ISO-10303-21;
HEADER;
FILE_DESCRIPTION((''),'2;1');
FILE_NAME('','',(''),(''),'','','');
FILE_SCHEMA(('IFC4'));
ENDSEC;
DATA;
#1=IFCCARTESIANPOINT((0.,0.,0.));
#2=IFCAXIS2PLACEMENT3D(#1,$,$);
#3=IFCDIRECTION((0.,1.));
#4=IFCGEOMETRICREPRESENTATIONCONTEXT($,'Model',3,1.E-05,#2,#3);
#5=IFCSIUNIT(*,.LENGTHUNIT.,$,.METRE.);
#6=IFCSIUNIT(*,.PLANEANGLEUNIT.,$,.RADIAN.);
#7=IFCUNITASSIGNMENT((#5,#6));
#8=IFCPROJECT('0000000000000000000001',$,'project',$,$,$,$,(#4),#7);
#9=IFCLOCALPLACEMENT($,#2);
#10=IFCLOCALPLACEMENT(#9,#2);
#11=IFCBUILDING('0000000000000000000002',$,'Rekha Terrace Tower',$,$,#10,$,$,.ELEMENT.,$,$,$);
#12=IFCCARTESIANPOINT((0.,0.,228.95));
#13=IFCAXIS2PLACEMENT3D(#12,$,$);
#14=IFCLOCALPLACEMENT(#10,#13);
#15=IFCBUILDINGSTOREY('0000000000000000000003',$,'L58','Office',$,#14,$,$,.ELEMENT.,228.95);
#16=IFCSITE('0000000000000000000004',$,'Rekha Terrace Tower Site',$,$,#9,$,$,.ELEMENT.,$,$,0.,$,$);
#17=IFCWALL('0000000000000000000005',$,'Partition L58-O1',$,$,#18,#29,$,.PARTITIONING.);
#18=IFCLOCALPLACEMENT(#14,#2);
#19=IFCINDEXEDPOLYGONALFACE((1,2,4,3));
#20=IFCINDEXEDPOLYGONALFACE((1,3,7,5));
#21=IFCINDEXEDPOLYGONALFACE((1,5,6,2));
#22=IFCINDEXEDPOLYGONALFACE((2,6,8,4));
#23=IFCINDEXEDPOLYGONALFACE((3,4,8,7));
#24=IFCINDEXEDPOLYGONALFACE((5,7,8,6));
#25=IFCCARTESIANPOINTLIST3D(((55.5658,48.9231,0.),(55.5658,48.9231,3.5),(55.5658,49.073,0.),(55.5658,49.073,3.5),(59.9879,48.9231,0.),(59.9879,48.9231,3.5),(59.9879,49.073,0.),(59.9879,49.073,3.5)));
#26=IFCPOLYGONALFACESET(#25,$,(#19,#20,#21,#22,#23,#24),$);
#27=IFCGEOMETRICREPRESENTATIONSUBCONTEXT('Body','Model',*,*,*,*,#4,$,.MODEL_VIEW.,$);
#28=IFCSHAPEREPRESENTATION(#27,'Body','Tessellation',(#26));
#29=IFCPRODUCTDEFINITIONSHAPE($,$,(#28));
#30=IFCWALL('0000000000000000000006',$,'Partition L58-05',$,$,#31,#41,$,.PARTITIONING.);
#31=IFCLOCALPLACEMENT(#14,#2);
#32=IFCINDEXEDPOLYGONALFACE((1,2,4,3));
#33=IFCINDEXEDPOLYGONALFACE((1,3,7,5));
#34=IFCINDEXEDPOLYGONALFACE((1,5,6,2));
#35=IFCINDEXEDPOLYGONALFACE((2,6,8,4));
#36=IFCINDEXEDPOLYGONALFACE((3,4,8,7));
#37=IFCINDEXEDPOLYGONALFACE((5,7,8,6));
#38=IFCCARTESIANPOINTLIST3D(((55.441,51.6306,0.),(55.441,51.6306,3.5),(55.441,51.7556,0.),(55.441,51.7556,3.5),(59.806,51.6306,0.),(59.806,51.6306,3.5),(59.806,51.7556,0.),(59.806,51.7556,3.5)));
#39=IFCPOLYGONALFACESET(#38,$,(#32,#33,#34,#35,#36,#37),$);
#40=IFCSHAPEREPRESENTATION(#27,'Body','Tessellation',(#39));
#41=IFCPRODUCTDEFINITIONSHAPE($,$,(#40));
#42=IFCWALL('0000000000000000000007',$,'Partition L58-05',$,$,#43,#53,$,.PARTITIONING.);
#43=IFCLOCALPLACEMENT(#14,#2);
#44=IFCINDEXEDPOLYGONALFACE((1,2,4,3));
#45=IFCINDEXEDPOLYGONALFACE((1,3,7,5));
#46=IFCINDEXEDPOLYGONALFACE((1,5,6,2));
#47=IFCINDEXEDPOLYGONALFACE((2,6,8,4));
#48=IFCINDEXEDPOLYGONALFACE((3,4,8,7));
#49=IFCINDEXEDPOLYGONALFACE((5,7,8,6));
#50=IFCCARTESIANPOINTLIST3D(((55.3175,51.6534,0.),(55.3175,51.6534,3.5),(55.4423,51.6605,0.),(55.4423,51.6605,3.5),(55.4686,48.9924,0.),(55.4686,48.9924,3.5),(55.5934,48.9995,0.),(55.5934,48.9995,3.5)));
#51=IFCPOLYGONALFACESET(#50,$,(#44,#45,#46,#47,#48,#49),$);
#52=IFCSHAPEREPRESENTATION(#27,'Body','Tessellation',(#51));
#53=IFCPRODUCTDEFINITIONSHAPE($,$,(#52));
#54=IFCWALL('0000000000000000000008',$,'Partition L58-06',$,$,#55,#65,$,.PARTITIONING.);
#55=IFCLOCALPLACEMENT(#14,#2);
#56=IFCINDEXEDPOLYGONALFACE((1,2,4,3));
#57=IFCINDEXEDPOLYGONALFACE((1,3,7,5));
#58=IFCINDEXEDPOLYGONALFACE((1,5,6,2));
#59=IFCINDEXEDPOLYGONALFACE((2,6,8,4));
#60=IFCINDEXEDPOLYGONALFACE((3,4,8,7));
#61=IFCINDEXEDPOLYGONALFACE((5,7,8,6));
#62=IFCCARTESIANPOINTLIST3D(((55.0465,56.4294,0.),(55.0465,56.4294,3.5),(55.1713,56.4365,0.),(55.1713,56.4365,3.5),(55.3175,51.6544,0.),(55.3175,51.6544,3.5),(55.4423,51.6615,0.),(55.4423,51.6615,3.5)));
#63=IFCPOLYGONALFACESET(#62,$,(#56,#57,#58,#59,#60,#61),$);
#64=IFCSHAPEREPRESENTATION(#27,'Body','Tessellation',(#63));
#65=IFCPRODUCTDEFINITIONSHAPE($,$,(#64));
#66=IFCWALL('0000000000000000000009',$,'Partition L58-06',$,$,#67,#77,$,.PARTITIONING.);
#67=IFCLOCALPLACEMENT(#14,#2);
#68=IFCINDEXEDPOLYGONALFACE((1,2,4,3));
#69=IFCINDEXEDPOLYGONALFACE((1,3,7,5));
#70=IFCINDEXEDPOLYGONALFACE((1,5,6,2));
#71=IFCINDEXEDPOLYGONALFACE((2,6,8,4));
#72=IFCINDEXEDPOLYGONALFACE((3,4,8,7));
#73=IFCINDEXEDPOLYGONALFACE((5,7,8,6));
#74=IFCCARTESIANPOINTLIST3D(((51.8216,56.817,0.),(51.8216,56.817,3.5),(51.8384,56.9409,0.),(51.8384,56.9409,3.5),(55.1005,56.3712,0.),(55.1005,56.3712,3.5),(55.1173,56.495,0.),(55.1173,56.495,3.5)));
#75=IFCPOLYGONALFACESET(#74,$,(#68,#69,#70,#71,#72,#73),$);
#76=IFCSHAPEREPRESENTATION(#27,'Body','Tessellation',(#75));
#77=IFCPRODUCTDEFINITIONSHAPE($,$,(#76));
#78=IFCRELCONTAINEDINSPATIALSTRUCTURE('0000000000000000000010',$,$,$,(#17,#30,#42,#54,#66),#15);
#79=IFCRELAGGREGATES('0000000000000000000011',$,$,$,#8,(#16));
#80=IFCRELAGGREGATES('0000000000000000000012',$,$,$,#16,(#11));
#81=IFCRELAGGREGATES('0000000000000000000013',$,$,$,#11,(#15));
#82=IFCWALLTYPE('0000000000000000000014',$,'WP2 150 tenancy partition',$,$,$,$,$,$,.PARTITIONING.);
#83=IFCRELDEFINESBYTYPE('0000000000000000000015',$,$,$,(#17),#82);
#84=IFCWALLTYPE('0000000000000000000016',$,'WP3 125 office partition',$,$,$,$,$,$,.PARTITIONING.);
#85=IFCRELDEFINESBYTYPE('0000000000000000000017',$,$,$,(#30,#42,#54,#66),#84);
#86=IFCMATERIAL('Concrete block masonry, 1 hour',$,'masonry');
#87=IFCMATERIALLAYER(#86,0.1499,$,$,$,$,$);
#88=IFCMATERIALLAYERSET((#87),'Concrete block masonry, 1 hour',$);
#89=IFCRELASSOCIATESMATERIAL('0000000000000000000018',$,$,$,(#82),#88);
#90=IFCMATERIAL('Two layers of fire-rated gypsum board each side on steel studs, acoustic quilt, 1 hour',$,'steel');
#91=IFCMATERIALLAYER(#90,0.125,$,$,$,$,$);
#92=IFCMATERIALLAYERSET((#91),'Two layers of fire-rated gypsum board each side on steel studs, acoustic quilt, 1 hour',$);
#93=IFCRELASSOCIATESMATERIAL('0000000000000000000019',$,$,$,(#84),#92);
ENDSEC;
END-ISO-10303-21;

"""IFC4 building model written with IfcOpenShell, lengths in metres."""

from ifc_helpers import new_model, si_unit, direction, frame, frame_2d, origin, place, context, subcontext, project, spatial, rectangle, extrude, material, layer, layer_set, type_object, element, save


model = new_model("IFC4")

# Units and contexts
model_context = context("Model", 3, precision=1e-05, world=origin(), true_north=direction((0.0, 1.0)))
body_context = subcontext(model_context, "Body", "Model", "MODEL_VIEW")
ifc_project = project(units=[si_unit("LENGTHUNIT", "METRE"), si_unit("PLANEANGLEUNIT", "RADIAN")], contexts=[model_context])

# Site, building, storey
site_placement = place(None, origin())
site = spatial("IfcSite", under=ifc_project, at=site_placement, Name="Rekha Terrace Tower Site", CompositionType="ELEMENT", RefElevation=0.0)
building_placement = place(site_placement, origin())
building = spatial("IfcBuilding", under=site, at=building_placement, Name="Rekha Terrace Tower", CompositionType="ELEMENT")
storey_placement = place(building_placement, frame((0.0, 0.0, 228.95)))
storey = spatial("IfcBuildingStorey", under=building, at=storey_placement, Name="L58", Description="Office", CompositionType="ELEMENT", Elevation=228.95)

# Walls
ifc_material_1 = material(Name="Concrete block masonry, 1 hour", Category="masonry")
ifc_layer_1 = layer(ifc_material_1, 0.1499)
ifc_layer_set_1 = layer_set([ifc_layer_1], Name="Concrete block masonry, 1 hour")
wall_type_1 = type_object("IfcWallType", Name="WP2 150 tenancy partition", PredefinedType="PARTITIONING", material=ifc_layer_set_1)
wall_1_placement = place(storey_placement, frame((55.5659, 48.998, 0.0), z_axis=(0.0, 0.0, 1.0), x_axis=(1.0, 0.0, 0.0)))
element("IfcWall", 1, at=wall_1_placement, inside=storey, type_object=wall_type_1, Name="Partition L58-O1", PredefinedType="PARTITIONING", context=body_context, shape_type="SweptSolid", body=[
    extrude(rectangle(XDim=4.4221, YDim=0.1499, at=frame_2d((2.2109, 0.0))), origin(), (0.0, 0.0, 1.0), 3.5),
])
ifc_material_2 = material(Name="Two layers of fire-rated gypsum board each side on steel studs, acoustic quilt, 1 hour", Category="steel")
ifc_layer_2 = layer(ifc_material_2, 0.125)
ifc_layer_set_2 = layer_set([ifc_layer_2], Name="Two layers of fire-rated gypsum board each side on steel studs, acoustic quilt, 1 hour")
wall_type_2 = type_object("IfcWallType", Name="WP3 125 office partition", PredefinedType="PARTITIONING", material=ifc_layer_set_2)
wall_2_placement = place(storey_placement, frame((55.4409, 51.6931, 0.0), z_axis=(0.0, 0.0, 1.0), x_axis=(1.0, 0.0, 0.0)))
element("IfcWall", 2, at=wall_2_placement, inside=storey, type_object=wall_type_2, Name="Partition L58-05", PredefinedType="PARTITIONING", context=body_context, shape_type="SweptSolid", body=[
    extrude(rectangle(XDim=4.365, YDim=0.125, at=frame_2d((2.1826, 0.0))), origin(), (0.0, 0.0, 1.0), 3.5),
])
wall_3_placement = place(storey_placement, frame((55.531, 48.9961, 0.0), z_axis=(0.0, 0.0, 1.0), x_axis=(-0.056703, 0.998391, 0.0)))
element("IfcWall", 3, at=wall_3_placement, inside=storey, type_object=wall_type_2, Name="Partition L58-05", PredefinedType="PARTITIONING", context=body_context, shape_type="SweptSolid", body=[
    extrude(rectangle(XDim=2.6653, YDim=0.125, at=frame_2d((1.3325, 0.0))), origin(), (0.0, 0.0, 1.0), 3.5),
])
wall_4_placement = place(storey_placement, frame((55.3799, 51.658, 0.0), z_axis=(0.0, 0.0, 1.0), x_axis=(-0.05666, 0.998394, 0.0)))
element("IfcWall", 4, at=wall_4_placement, inside=storey, type_object=wall_type_2, Name="Partition L58-06", PredefinedType="PARTITIONING", context=body_context, shape_type="SweptSolid", body=[
    extrude(rectangle(XDim=4.7827, YDim=0.125, at=frame_2d((2.3914, 0.0))), origin(), (0.0, 0.0, 1.0), 3.5),
])
wall_5_placement = place(storey_placement, frame((55.1089, 56.4331, 0.0), z_axis=(0.0, 0.0, 1.0), x_axis=(-0.990883, 0.134725, 0.0)))
element("IfcWall", 5, at=wall_5_placement, inside=storey, type_object=wall_type_2, Name="Partition L58-06", PredefinedType="PARTITIONING", context=body_context, shape_type="SweptSolid", body=[
    extrude(rectangle(XDim=3.3091, YDim=0.125, at=frame_2d((1.6545, 0.0))), origin(), (0.0, 0.0, 1.0), 3.5),
])

save(model, "model.ifc")
